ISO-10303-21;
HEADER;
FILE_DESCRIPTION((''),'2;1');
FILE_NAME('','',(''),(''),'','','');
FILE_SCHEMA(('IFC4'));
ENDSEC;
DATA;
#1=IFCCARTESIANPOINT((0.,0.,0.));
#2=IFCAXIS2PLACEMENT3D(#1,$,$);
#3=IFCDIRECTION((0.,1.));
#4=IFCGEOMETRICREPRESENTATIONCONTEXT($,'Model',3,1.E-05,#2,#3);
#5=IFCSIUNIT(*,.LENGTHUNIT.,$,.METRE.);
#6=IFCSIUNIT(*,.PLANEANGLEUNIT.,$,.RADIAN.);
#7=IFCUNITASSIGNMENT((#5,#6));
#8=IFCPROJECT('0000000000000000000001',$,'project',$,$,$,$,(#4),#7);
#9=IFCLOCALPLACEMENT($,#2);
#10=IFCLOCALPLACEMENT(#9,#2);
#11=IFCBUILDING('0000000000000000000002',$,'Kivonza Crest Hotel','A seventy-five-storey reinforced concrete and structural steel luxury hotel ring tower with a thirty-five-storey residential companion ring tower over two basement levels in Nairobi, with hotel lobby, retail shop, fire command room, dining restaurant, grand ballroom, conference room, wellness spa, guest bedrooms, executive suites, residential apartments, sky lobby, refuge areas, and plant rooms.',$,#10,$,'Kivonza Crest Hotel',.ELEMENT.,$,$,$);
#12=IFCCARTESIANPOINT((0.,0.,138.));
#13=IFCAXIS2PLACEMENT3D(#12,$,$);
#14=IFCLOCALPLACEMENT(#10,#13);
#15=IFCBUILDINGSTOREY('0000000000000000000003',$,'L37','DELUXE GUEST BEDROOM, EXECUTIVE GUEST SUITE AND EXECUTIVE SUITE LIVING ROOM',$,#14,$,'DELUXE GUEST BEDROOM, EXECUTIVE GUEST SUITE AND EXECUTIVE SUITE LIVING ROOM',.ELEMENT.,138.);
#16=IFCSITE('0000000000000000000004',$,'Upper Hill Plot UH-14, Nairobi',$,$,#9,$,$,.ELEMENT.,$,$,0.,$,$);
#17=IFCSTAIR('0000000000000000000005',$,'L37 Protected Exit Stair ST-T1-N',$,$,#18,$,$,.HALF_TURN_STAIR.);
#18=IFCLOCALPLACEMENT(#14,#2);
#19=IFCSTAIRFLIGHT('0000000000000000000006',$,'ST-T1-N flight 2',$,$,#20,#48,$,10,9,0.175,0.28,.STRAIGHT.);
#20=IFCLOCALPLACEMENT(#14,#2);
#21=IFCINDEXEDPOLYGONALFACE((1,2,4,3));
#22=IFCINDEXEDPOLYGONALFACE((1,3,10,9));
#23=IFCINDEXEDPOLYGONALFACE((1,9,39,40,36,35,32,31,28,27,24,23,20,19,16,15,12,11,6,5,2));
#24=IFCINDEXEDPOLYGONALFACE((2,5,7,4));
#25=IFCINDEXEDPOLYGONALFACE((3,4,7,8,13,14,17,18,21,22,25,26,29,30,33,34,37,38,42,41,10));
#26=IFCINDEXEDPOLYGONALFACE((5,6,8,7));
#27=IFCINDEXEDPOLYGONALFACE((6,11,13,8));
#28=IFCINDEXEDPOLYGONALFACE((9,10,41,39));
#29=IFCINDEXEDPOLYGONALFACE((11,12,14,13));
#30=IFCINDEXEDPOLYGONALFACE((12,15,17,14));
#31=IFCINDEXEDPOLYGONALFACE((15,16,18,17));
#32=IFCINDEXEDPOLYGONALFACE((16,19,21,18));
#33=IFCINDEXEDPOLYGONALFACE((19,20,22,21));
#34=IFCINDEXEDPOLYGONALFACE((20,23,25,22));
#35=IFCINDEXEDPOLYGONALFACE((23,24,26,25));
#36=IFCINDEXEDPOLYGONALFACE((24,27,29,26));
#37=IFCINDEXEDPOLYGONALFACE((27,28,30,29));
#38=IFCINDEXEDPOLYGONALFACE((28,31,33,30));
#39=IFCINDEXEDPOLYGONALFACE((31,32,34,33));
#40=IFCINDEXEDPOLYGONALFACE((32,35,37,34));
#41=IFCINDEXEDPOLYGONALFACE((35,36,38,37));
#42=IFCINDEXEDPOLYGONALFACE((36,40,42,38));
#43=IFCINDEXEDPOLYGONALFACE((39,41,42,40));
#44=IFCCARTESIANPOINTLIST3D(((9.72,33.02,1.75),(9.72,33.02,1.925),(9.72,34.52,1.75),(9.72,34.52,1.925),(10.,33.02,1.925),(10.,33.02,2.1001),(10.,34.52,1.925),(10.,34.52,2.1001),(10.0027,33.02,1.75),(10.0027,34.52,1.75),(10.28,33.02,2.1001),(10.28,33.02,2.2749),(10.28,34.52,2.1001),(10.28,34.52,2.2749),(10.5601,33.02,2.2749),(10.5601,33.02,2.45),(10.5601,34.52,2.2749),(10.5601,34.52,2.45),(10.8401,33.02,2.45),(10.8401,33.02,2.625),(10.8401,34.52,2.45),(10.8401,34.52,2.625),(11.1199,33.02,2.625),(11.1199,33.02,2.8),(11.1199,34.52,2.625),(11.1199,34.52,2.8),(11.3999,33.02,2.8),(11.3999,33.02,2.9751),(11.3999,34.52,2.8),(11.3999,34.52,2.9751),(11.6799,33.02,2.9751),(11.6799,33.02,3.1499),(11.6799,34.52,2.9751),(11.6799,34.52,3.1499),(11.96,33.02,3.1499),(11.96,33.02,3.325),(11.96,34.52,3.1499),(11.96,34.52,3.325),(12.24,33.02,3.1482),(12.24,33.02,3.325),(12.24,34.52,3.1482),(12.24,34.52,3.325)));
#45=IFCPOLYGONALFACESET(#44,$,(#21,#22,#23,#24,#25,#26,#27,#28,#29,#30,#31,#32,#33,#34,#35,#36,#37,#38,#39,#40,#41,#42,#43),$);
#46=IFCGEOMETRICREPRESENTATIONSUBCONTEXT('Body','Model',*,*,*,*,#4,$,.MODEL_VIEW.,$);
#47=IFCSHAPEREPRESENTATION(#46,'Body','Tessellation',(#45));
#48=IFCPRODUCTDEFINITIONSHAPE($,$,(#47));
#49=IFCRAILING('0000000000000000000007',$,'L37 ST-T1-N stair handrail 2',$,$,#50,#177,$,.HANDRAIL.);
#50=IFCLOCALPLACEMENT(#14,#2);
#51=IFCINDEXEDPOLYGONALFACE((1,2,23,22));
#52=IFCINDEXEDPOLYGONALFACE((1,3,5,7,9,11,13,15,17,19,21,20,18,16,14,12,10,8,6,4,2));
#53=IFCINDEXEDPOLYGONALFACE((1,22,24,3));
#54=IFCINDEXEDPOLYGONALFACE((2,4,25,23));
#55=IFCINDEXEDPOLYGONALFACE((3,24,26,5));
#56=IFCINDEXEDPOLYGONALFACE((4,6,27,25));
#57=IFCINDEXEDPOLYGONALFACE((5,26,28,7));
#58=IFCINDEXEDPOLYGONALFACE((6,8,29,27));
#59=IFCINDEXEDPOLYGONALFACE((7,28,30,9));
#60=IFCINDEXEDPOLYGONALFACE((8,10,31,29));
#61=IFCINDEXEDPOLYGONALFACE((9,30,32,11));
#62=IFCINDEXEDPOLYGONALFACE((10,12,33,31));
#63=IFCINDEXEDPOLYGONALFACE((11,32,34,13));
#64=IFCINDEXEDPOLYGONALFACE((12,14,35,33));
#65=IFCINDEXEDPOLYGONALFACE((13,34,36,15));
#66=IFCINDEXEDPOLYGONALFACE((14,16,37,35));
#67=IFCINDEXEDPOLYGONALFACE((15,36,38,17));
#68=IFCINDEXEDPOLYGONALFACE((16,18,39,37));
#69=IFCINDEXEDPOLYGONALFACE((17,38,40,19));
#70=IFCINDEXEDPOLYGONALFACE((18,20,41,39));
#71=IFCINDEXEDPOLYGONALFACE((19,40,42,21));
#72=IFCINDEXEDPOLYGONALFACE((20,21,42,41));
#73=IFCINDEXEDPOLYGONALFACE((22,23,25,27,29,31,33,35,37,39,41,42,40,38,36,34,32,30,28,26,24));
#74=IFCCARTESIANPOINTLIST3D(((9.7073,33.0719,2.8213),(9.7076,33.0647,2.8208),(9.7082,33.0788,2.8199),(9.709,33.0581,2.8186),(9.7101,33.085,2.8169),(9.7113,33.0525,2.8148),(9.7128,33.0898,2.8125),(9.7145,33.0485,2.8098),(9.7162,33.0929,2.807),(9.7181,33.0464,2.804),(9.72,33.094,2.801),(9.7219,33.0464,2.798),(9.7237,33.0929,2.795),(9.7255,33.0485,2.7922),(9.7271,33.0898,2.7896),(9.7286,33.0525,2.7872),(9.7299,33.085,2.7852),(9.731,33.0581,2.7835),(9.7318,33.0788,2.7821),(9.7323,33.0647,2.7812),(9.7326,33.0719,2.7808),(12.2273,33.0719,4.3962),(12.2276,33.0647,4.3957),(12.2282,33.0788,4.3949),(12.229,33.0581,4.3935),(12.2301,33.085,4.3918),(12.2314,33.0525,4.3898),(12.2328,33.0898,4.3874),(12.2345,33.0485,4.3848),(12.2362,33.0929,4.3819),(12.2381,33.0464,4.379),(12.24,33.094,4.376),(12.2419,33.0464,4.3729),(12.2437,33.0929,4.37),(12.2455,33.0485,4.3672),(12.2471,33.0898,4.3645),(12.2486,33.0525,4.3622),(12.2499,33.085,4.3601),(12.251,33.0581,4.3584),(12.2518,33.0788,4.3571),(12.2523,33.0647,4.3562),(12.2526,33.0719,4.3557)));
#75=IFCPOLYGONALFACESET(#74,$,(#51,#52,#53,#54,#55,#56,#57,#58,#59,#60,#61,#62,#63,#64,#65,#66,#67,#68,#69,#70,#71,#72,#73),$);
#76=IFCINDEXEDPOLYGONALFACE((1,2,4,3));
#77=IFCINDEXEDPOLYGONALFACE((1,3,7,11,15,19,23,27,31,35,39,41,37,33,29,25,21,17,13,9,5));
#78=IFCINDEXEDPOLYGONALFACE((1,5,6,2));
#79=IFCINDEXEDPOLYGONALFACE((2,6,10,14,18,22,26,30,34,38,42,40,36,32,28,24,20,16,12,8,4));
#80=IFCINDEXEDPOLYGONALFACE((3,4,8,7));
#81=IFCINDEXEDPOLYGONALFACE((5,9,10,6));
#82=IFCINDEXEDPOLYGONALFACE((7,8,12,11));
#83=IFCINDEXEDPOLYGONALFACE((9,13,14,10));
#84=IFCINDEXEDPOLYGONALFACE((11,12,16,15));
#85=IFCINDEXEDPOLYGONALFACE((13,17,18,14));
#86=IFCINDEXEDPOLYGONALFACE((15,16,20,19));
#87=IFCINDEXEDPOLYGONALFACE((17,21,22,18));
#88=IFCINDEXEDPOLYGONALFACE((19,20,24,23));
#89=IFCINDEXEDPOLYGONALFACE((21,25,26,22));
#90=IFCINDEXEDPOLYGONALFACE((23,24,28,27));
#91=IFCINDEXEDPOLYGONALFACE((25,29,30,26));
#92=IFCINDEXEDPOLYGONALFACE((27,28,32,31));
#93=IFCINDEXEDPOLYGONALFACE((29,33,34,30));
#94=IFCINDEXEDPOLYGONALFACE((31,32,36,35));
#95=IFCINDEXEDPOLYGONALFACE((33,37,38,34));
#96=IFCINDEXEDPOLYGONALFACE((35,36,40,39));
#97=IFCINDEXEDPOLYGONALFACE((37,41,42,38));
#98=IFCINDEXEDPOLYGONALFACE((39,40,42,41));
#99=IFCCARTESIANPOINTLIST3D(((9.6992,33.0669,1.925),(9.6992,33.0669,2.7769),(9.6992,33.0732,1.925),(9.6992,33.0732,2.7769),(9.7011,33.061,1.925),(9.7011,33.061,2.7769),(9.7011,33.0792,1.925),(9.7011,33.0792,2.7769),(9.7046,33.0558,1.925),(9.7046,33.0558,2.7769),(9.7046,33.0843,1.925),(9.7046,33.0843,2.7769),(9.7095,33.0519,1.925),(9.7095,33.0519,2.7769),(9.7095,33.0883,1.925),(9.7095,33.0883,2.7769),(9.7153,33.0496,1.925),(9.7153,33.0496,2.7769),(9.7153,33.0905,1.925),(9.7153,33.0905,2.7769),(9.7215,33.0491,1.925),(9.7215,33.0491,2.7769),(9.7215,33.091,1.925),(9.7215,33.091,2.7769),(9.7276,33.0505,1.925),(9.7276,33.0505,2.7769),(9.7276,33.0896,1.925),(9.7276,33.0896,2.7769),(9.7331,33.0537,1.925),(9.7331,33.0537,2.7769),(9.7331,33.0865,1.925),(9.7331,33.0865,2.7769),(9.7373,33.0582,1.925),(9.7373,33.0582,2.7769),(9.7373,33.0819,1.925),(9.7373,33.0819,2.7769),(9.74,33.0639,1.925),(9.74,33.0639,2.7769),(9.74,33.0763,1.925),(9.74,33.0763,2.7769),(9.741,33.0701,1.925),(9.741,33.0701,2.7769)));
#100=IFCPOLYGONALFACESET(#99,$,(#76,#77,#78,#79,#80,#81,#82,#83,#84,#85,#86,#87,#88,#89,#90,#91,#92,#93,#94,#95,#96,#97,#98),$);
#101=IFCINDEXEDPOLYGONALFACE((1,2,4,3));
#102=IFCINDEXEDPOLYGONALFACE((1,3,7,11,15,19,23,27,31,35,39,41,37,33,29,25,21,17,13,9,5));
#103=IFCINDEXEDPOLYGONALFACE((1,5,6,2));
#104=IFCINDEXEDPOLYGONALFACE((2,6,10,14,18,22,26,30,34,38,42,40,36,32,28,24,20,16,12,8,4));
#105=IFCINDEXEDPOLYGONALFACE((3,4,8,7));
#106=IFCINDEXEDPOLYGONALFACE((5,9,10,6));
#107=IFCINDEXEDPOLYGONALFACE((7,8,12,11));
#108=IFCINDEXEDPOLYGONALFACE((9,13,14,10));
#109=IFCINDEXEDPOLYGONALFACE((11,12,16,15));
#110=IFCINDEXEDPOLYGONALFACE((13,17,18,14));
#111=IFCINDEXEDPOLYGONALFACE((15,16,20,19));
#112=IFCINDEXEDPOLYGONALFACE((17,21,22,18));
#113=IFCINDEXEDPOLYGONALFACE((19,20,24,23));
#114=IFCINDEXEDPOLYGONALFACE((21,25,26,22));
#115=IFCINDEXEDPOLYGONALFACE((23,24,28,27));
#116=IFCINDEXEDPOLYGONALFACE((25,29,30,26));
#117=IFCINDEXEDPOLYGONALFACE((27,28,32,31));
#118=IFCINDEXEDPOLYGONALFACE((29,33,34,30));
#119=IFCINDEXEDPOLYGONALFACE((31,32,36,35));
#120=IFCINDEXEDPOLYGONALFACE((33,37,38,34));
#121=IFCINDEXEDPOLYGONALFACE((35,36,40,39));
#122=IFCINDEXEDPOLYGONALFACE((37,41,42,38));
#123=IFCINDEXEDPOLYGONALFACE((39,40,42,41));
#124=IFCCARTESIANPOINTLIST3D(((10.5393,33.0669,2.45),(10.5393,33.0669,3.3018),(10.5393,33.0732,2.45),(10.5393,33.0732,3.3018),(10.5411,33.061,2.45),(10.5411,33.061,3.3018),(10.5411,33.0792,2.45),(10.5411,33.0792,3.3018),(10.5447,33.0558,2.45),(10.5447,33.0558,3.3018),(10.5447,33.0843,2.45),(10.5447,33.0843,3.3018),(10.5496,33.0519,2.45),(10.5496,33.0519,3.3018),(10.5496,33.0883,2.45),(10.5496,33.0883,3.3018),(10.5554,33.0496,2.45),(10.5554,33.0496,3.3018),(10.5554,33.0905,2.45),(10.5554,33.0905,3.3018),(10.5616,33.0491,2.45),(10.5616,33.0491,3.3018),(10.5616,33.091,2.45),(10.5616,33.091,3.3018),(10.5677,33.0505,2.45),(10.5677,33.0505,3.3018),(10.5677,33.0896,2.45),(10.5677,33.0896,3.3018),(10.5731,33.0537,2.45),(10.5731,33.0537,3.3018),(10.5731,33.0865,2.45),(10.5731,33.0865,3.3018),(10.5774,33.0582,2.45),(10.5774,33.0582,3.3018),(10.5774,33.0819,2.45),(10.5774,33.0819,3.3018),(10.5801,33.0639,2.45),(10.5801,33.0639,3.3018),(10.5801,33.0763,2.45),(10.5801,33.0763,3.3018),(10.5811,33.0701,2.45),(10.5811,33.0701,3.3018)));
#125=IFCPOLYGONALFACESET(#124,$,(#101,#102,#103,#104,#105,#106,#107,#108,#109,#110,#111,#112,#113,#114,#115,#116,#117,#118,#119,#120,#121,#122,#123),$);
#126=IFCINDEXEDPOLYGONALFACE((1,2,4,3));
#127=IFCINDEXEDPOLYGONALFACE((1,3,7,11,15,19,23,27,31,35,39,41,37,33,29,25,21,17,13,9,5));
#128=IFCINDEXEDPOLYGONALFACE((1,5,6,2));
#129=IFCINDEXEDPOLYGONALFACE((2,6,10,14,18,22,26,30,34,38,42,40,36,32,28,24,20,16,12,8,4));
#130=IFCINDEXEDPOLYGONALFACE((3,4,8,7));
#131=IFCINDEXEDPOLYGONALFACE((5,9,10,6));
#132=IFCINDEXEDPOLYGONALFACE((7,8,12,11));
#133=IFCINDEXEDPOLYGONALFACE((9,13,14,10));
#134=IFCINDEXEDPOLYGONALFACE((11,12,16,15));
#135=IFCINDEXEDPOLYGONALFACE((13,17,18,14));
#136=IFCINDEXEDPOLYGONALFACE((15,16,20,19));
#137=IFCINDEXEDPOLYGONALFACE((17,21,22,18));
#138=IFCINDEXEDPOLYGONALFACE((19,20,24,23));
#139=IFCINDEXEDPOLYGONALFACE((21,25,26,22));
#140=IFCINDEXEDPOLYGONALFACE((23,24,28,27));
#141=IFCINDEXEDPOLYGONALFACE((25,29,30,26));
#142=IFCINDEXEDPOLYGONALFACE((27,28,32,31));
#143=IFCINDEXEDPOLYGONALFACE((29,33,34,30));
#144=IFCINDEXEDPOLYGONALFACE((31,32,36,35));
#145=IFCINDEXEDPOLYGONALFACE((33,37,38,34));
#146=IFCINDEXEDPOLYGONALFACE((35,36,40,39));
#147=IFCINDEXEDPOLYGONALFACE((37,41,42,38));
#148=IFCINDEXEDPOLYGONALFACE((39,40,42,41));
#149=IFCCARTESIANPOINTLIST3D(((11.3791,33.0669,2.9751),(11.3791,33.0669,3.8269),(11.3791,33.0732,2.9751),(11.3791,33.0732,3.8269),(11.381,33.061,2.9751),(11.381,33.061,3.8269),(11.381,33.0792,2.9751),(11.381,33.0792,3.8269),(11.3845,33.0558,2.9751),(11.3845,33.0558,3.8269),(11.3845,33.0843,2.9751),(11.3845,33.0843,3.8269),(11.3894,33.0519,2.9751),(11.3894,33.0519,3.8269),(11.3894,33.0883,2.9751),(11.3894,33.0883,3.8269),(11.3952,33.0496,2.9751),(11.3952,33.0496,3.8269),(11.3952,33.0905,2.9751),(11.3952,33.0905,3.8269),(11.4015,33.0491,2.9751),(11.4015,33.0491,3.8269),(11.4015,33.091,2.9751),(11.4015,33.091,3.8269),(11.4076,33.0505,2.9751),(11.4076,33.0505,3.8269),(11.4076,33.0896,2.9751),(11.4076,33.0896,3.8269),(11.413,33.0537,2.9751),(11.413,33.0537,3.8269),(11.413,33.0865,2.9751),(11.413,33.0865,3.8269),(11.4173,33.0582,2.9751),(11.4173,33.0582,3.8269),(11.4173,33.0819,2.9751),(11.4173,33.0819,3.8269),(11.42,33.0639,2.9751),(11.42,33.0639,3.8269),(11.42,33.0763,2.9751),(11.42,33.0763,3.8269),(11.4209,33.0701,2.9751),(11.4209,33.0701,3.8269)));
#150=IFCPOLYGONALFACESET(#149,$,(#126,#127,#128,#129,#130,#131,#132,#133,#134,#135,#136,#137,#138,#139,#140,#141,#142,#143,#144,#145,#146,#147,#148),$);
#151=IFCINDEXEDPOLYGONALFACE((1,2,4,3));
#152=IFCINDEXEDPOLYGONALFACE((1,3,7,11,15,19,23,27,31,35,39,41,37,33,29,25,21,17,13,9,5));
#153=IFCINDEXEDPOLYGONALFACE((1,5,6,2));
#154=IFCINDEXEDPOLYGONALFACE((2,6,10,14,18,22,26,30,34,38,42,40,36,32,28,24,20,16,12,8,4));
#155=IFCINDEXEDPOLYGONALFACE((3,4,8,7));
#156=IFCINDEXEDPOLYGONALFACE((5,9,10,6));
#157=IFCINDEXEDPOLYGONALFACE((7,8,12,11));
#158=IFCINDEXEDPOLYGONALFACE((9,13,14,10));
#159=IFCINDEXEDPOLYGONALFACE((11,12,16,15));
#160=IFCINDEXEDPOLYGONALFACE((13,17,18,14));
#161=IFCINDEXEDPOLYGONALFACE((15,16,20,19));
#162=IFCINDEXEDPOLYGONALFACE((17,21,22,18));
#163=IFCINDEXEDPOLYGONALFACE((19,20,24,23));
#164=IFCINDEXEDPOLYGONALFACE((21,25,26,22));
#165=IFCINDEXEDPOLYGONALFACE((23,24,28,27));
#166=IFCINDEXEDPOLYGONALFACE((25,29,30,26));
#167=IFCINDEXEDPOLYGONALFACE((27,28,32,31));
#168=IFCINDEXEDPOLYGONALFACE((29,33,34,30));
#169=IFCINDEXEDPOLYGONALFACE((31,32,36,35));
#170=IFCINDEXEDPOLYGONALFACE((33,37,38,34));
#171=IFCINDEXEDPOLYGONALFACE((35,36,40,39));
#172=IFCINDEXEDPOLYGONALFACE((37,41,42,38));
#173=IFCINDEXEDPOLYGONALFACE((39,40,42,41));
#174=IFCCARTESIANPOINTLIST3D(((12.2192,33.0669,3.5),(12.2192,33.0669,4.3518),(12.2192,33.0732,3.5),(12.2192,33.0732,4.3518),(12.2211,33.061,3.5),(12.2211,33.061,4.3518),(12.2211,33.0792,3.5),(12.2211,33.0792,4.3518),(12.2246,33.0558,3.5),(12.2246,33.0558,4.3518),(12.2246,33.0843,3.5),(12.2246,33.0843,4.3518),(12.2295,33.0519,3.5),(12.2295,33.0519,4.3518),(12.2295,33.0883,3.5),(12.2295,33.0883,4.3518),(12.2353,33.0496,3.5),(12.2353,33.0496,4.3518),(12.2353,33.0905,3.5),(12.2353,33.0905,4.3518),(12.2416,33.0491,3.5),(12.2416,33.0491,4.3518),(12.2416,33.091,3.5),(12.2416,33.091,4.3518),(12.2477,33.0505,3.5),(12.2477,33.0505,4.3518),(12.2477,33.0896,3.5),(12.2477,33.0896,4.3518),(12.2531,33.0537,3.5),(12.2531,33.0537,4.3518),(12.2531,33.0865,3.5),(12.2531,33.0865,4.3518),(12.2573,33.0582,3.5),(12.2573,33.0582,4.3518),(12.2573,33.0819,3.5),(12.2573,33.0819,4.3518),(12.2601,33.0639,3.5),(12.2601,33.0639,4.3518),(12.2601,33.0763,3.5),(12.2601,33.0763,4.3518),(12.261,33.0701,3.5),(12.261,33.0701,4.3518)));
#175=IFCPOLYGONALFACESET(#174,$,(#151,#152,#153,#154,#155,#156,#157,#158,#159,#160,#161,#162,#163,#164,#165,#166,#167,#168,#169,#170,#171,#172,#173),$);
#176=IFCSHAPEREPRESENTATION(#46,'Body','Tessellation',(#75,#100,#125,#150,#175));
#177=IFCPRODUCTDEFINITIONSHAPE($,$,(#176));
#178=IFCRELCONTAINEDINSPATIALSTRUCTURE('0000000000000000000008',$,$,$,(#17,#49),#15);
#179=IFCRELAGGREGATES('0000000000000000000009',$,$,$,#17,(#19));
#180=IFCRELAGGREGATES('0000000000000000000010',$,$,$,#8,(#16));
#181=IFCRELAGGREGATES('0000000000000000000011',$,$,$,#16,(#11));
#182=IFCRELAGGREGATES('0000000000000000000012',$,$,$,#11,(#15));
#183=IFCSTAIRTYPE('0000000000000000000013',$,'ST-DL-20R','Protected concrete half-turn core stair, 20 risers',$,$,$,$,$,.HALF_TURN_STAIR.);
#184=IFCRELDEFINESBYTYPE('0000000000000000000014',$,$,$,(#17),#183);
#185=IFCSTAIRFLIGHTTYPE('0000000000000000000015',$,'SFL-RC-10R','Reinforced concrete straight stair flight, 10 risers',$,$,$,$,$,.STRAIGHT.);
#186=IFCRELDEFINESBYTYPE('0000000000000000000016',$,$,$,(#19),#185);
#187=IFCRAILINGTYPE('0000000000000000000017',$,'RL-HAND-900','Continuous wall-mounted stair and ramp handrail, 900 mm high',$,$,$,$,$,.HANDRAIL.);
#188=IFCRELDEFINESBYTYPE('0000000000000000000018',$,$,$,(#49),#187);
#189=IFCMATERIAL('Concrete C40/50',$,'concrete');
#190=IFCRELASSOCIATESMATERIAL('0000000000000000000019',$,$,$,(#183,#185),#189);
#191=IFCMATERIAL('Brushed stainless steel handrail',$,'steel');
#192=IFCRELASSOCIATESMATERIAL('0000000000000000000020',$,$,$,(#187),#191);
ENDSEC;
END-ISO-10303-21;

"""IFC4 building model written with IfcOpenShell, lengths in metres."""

from ifc_helpers import new_model, si_unit, direction, frame, origin, origin_2d, place, context, subcontext, project, spatial, polyline, circle, outline, extrude, material, type_object, element, aggregate, save


model = new_model("IFC4")

# Units and contexts
model_context = context("Model", 3, precision=1e-05, world=origin(), true_north=direction((0.0, 1.0)))
body_context = subcontext(model_context, "Body", "Model", "MODEL_VIEW")
ifc_project = project(units=[si_unit("LENGTHUNIT", "METRE"), si_unit("PLANEANGLEUNIT", "RADIAN")], contexts=[model_context])

# Site, building, storey
site_placement = place(None, origin())
site = spatial("IfcSite", under=ifc_project, at=site_placement, Name="Upper Hill Plot UH-14, Nairobi", CompositionType="ELEMENT", RefElevation=0.0)
building_placement = place(site_placement, origin())
building = spatial("IfcBuilding", under=site, at=building_placement, Name="Kivonza Crest Hotel", Description="A seventy-five-storey reinforced concrete and structural steel luxury hotel ring tower with a thirty-five-storey residential companion ring tower over two basement levels in Nairobi, with hotel lobby, retail shop, fire command room, dining restaurant, grand ballroom, conference room, wellness spa, guest bedrooms, executive suites, residential apartments, sky lobby, refuge areas, and plant rooms.", LongName="Kivonza Crest Hotel", CompositionType="ELEMENT")
storey_placement = place(building_placement, frame((0.0, 0.0, 138.0)))
storey = spatial("IfcBuildingStorey", under=building, at=storey_placement, Name="L37", Description="DELUXE GUEST BEDROOM, EXECUTIVE GUEST SUITE AND EXECUTIVE SUITE LIVING ROOM", LongName="DELUXE GUEST BEDROOM, EXECUTIVE GUEST SUITE AND EXECUTIVE SUITE LIVING ROOM", CompositionType="ELEMENT", Elevation=138.0)

# Stair, stair flight
ifc_material_1 = material(Name="Concrete C40/50", Category="concrete")
stair_type = type_object("IfcStairType", Name="ST-DL-20R", Description="Protected concrete half-turn core stair, 20 risers", PredefinedType="HALF_TURN_STAIR", material=ifc_material_1)
stair_placement = place(storey_placement, origin())
stair = element("IfcStair", 1, at=stair_placement, inside=storey, type_object=stair_type, Name="L37 Protected Exit Stair ST-T1-N", PredefinedType="HALF_TURN_STAIR")
stair_flight_type = type_object("IfcStairFlightType", Name="SFL-RC-10R", Description="Reinforced concrete straight stair flight, 10 risers", PredefinedType="STRAIGHT", material=ifc_material_1)
stair_flight_placement = place(storey_placement, frame((9.72, 33.77, 1.75), z_axis=(0.0, 0.0, 1.0), x_axis=(1.0, 0.0, 0.0)))
stair_flight = element("IfcStairFlight", 2, at=stair_flight_placement, type_object=stair_flight_type, Name="ST-T1-N flight 2", NumberOfRisers=10, NumberOfTreads=9, PredefinedType="STRAIGHT", RiserHeight=0.175, TreadLength=0.28, context=body_context, shape_type="SweptSolid", body=[
    extrude(outline(polyline([(0.0, 0.0), (0.0, 0.175), (0.28, 0.175), (0.28, 0.3501), (0.5601, 0.3501), (0.5601, 0.5249), (0.8401, 0.5249), (0.8401, 0.7), (1.1201, 0.7), (1.1201, 0.875), (1.3999, 0.875), (1.3999, 1.05), (1.6799, 1.05), (1.6799, 1.2251), (1.96, 1.2251), (1.96, 1.3999), (2.24, 1.3999), (2.24, 1.575), (2.52, 1.575), (2.52, 1.75), (2.52, 1.3982), (0.2827, 0.0), (0.0, 0.0)])), frame((0.0, 0.75, 0.0), z_axis=(0.0, -1.0, 0.0), x_axis=(1.0, 0.0, 0.0)), (0.0, 0.0, 1.0), 1.5),
])
aggregate(stair, [stair_flight])

# Railing
ifc_material_2 = material(Name="Brushed stainless steel handrail", Category="steel")
railing_type_1 = type_object("IfcRailingType", Name="RL-HAND-900", Description="Continuous wall-mounted stair and ramp handrail, 900 mm high", PredefinedType="HANDRAIL", material=ifc_material_2)
railing_1_placement = place(storey_placement, frame((9.72, 33.0701, 1.925)))
element("IfcRailing", 3, at=railing_1_placement, inside=storey, type_object=railing_type_1, Name="L37 ST-T1-N stair handrail 2", PredefinedType="HANDRAIL", context=body_context, shape_type="SweptSolid", body=[
    extrude(circle(Radius=0.0239, at=origin_2d()), frame((0.0, 0.0, 0.876), z_axis=(0.848008, 0.0, 0.529984), x_axis=(0.0, 1.0, 0.0)), (0.0, 0.0, 1.0), 2.9717),
    extrude(circle(Radius=0.021, at=origin_2d()), origin(), (0.0, 0.0, 1.0), 0.8518),
    extrude(circle(Radius=0.021, at=origin_2d()), frame((0.8401, 0.0, 0.5249)), (0.0, 0.0, 1.0), 0.8518),
    extrude(circle(Radius=0.021, at=origin_2d()), frame((1.6799, 0.0, 1.05)), (0.0, 0.0, 1.0), 0.8518),
    extrude(circle(Radius=0.021, at=origin_2d()), frame((2.52, 0.0, 1.575)), (0.0, 0.0, 1.0), 0.8518),
])

save(model, "model.ifc")
